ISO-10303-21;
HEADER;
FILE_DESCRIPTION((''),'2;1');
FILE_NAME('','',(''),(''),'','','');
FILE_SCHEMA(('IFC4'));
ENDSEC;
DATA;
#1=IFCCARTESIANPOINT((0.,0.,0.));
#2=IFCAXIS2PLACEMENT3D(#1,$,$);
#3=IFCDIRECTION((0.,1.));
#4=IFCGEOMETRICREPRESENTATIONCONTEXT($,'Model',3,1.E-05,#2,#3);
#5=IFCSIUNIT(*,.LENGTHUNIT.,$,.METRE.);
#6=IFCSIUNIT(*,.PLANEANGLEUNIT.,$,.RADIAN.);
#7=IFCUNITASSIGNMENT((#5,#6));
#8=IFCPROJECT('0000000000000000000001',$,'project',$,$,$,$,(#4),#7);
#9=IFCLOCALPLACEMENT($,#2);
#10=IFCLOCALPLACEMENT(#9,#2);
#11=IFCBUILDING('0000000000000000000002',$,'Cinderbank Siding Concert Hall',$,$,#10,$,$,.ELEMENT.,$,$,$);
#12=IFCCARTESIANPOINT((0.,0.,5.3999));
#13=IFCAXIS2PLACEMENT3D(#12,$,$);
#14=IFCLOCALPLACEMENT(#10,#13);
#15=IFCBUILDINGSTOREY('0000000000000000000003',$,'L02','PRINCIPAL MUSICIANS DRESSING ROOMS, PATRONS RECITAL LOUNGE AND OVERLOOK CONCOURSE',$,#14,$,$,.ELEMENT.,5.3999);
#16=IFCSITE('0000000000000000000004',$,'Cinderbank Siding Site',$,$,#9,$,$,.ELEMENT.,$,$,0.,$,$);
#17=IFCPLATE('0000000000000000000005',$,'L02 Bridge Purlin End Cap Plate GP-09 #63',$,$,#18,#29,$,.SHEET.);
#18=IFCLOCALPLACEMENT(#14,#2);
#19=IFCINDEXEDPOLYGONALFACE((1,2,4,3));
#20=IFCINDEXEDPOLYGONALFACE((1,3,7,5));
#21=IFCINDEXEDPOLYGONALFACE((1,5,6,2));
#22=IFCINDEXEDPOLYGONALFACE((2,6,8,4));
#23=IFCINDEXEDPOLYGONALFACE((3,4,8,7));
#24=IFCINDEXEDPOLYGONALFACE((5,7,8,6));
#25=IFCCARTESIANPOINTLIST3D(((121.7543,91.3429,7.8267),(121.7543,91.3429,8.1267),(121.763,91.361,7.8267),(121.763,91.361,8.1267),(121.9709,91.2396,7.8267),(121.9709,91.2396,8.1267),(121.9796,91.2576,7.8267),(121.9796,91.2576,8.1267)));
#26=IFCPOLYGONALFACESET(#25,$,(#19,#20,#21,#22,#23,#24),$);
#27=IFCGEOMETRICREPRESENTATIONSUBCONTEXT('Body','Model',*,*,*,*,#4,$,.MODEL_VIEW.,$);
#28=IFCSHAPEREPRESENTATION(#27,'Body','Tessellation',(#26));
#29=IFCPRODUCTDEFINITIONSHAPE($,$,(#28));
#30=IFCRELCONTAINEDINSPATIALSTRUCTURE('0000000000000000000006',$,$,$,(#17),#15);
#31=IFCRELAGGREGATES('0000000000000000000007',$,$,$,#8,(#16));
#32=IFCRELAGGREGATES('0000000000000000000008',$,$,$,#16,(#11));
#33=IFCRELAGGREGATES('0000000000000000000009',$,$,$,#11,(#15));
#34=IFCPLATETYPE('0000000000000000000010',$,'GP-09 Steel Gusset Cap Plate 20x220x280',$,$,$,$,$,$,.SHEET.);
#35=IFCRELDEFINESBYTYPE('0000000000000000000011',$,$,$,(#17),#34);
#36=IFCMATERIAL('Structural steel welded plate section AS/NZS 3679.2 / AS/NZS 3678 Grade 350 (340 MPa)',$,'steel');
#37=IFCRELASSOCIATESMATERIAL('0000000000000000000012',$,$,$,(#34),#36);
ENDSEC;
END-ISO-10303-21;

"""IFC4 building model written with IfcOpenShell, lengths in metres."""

from ifc_helpers import new_model, si_unit, direction, frame, origin, origin_2d, place, context, subcontext, project, spatial, rectangle, extrude, material, type_object, element, save


model = new_model("IFC4")

# Units and contexts
model_context = context("Model", 3, precision=1e-05, world=origin(), true_north=direction((0.0, 1.0)))
body_context = subcontext(model_context, "Body", "Model", "MODEL_VIEW")
ifc_project = project(units=[si_unit("LENGTHUNIT", "METRE"), si_unit("PLANEANGLEUNIT", "RADIAN")], contexts=[model_context])

# Site, building, storey
site_placement = place(None, origin())
site = spatial("IfcSite", under=ifc_project, at=site_placement, Name="Cinderbank Siding Site", CompositionType="ELEMENT", RefElevation=0.0)
building_placement = place(site_placement, origin())
building = spatial("IfcBuilding", under=site, at=building_placement, Name="Cinderbank Siding Concert Hall", CompositionType="ELEMENT")
storey_placement = place(building_placement, frame((0.0, 0.0, 5.3999)))
storey = spatial("IfcBuildingStorey", under=building, at=storey_placement, Name="L02", Description="PRINCIPAL MUSICIANS DRESSING ROOMS, PATRONS RECITAL LOUNGE AND OVERLOOK CONCOURSE", CompositionType="ELEMENT", Elevation=5.3999)

# Plate
ifc_material_1 = material(Name="Structural steel welded plate section AS/NZS 3679.2 / AS/NZS 3678 Grade 350 (340 MPa)", Category="steel")
plate_type_1 = type_object("IfcPlateType", Name="GP-09 Steel Gusset Cap Plate 20x220x280", PredefinedType="SHEET", material=ifc_material_1)
plate_1_placement = place(storey_placement, frame((121.8669, 91.3003, 7.8267), z_axis=(0.0, 0.0, 1.0), x_axis=(0.430669, 0.90251, 0.0)))
element("IfcPlate", 1, at=plate_1_placement, inside=storey, type_object=plate_type_1, Name="L02 Bridge Purlin End Cap Plate GP-09 #63", PredefinedType="SHEET", context=body_context, shape_type="SweptSolid", body=[
    extrude(rectangle(XDim=0.02, YDim=0.24, at=origin_2d()), origin(), (0.0, 0.0, 1.0), 0.3),
])

save(model, "model.ifc")
